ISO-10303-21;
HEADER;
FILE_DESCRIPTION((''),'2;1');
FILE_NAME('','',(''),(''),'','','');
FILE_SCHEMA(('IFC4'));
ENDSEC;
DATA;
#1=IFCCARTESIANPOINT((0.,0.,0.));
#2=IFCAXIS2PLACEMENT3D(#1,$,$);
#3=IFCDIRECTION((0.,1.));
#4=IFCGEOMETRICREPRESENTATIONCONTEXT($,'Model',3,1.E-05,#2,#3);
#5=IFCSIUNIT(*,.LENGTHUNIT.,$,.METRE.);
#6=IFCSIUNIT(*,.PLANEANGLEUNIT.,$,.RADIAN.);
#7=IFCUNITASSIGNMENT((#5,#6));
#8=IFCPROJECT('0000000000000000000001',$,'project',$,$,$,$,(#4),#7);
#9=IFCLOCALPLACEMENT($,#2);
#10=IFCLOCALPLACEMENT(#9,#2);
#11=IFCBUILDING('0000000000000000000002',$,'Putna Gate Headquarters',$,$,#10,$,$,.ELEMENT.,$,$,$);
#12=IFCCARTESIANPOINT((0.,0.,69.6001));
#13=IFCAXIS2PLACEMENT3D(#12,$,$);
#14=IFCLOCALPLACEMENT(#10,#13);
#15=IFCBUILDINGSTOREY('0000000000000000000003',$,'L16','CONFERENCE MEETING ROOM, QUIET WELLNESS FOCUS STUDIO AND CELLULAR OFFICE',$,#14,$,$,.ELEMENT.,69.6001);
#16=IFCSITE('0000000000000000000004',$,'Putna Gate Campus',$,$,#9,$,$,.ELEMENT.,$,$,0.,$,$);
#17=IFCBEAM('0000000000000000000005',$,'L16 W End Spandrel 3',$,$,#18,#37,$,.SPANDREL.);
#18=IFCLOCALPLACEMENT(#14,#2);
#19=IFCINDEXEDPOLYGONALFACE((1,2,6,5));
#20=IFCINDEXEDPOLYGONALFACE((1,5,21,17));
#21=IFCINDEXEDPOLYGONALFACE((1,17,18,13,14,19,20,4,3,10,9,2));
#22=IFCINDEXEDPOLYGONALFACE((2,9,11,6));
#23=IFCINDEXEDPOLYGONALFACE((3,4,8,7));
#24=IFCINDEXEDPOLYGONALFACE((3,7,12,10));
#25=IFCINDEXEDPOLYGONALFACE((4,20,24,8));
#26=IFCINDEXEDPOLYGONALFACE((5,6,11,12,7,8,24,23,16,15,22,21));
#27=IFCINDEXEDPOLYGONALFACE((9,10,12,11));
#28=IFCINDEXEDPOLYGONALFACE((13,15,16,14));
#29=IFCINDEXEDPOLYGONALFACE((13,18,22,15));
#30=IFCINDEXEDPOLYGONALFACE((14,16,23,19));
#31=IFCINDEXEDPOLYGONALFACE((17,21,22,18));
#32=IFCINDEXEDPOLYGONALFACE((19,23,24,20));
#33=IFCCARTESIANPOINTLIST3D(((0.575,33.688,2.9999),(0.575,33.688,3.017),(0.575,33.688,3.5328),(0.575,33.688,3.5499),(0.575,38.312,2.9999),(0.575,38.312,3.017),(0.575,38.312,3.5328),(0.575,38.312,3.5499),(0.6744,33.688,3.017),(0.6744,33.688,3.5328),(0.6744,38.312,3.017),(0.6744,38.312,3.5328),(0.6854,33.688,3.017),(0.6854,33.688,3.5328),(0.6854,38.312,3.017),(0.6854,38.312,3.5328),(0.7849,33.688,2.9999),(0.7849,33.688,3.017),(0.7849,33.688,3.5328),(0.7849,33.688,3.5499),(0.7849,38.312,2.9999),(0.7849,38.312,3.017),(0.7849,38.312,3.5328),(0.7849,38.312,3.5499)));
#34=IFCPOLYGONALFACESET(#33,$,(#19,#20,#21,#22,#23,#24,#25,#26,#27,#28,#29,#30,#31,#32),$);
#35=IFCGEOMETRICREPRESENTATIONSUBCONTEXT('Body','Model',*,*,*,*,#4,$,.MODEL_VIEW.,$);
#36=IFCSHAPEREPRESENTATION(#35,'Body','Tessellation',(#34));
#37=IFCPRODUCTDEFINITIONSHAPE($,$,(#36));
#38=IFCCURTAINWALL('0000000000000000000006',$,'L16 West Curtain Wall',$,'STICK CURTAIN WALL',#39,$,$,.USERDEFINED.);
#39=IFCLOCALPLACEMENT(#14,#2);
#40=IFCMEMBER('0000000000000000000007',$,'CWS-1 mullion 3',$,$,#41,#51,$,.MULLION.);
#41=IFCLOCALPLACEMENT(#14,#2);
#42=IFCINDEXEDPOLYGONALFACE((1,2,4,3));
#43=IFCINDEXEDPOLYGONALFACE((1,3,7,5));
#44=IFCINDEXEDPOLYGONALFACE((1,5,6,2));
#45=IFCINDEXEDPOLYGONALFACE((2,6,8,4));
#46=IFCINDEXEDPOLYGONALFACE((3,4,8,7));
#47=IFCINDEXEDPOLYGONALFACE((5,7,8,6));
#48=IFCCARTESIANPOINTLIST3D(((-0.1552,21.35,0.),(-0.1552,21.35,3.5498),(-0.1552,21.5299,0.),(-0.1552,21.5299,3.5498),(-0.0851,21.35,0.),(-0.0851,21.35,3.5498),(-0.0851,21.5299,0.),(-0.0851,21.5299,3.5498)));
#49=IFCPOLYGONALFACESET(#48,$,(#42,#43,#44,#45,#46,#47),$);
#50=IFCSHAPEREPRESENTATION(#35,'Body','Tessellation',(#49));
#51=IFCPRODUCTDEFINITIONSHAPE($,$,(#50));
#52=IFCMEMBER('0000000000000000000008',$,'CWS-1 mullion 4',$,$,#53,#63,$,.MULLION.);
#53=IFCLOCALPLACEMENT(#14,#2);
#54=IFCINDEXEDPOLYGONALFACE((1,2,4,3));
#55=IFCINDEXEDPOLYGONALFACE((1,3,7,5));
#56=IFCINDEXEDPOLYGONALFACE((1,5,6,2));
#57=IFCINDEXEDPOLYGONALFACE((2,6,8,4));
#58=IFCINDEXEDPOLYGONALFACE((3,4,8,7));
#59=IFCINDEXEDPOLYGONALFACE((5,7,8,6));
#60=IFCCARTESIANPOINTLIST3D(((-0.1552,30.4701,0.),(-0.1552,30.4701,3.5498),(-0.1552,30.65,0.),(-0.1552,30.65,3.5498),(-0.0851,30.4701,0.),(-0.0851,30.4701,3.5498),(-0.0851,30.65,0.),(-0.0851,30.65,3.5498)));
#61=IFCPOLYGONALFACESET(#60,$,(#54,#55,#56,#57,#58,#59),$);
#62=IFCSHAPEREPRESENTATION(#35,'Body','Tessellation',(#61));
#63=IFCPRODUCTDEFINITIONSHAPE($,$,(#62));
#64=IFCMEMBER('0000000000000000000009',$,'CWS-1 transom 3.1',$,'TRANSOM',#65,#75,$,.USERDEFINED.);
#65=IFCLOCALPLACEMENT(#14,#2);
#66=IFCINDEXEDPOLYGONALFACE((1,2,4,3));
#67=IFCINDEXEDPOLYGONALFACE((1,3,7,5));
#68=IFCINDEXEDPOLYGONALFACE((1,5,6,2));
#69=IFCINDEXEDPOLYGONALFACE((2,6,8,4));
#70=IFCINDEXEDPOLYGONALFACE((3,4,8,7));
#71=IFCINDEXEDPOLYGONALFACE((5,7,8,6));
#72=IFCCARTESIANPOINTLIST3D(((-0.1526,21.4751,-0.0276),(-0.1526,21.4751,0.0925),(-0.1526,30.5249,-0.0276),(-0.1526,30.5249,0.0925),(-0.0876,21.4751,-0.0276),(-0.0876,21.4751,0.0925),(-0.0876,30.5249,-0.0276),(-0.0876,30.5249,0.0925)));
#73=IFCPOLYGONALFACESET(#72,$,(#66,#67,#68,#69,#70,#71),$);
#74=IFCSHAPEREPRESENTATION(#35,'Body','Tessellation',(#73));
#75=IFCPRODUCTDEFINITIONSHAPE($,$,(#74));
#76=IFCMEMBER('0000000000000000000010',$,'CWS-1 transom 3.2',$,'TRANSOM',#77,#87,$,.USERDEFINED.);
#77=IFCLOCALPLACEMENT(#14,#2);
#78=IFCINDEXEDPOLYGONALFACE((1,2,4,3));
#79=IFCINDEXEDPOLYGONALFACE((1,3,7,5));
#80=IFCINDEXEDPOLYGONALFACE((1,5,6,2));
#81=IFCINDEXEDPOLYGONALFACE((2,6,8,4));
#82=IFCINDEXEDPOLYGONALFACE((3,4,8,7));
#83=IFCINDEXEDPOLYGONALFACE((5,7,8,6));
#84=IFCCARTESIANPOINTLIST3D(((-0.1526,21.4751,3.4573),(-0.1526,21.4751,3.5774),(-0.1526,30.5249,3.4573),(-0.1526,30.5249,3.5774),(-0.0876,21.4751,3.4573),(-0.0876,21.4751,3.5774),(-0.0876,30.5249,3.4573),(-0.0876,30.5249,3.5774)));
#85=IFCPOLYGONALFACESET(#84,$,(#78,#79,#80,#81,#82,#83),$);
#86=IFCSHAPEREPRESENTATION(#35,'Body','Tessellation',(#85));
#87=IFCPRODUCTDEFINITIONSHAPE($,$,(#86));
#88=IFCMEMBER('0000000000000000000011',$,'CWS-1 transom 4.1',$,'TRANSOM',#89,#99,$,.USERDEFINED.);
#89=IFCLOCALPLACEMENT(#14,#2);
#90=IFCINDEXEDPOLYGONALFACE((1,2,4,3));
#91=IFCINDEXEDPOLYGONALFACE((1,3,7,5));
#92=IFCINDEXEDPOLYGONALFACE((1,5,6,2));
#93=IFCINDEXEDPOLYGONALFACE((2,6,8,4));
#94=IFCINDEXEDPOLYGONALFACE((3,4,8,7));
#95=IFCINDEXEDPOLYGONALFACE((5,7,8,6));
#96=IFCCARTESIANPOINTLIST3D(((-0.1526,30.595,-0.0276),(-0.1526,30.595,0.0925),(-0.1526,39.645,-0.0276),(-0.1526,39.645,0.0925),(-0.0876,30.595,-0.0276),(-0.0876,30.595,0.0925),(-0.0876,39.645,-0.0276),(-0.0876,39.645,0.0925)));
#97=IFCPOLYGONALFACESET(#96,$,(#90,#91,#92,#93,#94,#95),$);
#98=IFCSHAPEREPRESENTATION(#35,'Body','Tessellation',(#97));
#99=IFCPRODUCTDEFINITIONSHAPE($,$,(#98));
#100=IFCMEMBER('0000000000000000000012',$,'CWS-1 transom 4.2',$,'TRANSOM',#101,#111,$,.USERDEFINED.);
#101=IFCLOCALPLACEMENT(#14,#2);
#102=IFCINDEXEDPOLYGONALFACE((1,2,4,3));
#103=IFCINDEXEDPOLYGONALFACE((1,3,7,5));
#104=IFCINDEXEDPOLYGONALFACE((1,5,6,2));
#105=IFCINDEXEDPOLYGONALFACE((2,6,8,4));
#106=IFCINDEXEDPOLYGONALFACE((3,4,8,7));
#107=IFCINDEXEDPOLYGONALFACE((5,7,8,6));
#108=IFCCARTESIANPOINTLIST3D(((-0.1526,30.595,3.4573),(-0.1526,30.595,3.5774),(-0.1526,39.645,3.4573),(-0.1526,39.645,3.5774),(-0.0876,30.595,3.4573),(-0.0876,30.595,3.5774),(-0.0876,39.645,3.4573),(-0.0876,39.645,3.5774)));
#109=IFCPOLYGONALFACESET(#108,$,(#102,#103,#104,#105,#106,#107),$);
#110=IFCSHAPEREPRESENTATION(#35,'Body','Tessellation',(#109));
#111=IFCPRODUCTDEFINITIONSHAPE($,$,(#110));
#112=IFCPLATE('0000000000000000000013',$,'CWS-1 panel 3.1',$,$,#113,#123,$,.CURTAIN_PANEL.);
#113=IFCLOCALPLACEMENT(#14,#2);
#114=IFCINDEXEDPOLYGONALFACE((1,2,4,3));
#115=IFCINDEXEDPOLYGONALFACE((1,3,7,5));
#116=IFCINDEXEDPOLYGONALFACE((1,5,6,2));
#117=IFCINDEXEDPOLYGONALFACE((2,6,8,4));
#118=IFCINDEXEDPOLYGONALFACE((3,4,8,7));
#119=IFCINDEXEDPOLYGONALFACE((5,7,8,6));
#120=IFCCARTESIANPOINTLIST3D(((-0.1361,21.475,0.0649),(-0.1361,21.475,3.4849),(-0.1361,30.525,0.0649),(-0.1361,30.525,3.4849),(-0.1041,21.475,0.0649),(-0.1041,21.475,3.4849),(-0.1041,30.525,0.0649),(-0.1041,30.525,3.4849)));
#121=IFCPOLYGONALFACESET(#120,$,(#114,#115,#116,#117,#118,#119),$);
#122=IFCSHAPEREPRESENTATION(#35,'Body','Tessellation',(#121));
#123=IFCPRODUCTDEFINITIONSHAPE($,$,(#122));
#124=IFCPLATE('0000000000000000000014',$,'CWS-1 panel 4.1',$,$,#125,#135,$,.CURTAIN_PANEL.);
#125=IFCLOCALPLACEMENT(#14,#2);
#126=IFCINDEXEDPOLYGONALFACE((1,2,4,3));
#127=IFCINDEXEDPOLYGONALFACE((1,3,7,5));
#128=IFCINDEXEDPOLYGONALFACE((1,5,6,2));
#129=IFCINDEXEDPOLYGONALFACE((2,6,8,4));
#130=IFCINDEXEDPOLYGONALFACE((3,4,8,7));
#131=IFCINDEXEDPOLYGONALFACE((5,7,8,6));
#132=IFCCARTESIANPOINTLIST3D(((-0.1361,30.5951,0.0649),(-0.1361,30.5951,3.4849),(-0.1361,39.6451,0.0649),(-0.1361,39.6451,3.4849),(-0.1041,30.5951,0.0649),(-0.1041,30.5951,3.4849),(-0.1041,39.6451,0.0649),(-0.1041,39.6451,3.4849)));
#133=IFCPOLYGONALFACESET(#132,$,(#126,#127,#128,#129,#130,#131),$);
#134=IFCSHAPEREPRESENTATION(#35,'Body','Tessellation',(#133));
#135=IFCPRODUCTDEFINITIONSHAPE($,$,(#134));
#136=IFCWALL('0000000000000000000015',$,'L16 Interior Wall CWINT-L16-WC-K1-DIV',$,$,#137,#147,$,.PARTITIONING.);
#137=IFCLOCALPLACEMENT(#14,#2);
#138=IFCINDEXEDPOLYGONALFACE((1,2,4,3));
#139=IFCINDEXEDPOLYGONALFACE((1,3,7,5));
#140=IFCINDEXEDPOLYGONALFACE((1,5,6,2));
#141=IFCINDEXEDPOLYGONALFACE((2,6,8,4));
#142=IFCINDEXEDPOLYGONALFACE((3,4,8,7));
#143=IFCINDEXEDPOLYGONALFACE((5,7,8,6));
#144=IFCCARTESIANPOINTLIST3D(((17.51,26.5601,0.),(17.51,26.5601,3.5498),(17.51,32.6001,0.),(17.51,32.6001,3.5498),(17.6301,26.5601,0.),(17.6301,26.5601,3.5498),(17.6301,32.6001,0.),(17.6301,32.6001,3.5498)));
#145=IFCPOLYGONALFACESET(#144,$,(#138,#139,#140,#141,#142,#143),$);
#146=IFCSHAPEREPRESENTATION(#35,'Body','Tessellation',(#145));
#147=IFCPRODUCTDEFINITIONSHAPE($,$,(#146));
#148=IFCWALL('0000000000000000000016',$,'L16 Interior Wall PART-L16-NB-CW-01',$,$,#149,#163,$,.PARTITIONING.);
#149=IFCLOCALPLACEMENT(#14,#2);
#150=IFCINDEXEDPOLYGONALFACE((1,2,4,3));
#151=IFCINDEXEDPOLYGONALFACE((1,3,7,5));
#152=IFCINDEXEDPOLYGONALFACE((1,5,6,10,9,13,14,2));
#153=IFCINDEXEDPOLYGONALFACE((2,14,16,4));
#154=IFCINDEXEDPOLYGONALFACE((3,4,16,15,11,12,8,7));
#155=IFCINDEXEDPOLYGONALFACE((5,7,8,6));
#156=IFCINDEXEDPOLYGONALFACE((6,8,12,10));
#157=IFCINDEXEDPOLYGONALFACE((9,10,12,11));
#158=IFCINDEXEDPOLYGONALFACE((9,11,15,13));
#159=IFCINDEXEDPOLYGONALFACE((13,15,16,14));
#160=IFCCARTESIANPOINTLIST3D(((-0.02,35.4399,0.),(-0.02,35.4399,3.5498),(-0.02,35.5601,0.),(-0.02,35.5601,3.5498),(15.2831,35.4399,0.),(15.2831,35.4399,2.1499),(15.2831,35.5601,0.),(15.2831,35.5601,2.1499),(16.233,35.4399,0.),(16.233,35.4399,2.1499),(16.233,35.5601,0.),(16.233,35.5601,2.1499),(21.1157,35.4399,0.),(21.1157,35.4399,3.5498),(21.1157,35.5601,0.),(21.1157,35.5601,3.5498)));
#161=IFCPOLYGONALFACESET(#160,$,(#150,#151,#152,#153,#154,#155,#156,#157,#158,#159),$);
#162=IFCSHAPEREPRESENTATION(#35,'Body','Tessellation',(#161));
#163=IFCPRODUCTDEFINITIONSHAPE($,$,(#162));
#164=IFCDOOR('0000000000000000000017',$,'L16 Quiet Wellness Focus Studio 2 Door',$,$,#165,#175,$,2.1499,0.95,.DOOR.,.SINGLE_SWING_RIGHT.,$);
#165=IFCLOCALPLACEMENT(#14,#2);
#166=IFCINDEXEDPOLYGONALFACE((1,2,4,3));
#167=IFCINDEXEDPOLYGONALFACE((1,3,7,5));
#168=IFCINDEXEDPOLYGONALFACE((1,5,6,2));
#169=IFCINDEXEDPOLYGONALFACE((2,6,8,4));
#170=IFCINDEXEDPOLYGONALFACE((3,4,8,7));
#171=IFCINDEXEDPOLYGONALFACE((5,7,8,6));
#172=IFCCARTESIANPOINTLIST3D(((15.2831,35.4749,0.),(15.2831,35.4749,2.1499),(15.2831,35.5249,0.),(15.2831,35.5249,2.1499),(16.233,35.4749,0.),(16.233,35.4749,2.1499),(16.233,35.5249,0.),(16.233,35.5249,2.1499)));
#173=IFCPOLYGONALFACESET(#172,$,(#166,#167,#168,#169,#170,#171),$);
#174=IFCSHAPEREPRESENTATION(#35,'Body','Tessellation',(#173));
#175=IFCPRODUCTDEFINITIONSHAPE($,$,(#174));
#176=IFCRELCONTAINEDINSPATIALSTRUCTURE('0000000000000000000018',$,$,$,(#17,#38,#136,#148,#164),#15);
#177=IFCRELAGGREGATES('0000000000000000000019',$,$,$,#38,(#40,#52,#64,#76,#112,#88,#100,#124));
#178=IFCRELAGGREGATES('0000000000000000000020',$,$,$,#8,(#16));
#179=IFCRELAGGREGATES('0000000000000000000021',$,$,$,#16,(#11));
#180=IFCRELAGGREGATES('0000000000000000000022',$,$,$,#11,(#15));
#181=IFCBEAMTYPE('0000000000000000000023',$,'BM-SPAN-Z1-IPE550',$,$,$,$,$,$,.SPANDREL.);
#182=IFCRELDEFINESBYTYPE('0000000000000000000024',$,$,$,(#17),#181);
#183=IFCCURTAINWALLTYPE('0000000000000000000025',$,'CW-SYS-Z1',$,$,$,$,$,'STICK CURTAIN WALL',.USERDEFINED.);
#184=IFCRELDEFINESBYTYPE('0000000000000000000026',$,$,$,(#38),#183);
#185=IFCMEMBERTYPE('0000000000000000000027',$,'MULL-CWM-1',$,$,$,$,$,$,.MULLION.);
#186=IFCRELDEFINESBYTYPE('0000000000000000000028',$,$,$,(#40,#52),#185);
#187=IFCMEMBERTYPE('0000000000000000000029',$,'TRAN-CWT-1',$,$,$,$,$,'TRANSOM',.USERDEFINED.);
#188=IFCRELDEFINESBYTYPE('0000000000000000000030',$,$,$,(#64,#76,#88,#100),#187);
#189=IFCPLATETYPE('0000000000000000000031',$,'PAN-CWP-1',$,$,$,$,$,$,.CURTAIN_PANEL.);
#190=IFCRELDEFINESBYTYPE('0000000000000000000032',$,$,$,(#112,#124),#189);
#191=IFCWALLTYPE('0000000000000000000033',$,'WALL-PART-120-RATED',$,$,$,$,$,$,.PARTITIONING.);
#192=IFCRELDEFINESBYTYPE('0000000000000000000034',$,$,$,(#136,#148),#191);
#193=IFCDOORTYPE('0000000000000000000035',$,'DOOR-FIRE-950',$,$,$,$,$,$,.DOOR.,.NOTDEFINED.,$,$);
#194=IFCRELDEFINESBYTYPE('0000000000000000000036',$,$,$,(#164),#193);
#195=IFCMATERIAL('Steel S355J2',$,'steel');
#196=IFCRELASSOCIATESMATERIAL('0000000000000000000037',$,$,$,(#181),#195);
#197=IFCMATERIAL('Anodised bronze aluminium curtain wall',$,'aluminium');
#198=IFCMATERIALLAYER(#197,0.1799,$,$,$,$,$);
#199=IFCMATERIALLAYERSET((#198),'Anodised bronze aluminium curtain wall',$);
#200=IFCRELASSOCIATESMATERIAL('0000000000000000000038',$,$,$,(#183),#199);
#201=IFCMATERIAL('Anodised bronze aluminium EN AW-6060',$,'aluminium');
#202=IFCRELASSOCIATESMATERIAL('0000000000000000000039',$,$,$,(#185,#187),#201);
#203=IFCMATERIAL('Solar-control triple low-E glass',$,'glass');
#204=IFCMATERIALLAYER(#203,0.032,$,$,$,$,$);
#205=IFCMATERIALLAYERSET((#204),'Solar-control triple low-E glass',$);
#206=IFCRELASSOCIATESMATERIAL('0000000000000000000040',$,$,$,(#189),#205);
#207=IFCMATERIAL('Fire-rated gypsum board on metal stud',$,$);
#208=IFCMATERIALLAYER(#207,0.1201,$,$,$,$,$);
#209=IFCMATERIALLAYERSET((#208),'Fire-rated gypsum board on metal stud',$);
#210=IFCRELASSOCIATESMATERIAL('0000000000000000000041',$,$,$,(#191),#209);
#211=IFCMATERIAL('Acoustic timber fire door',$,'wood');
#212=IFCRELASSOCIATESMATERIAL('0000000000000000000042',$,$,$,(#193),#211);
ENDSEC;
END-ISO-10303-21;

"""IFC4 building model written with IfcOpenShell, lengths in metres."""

from ifc_helpers import new_model, si_unit, direction, frame, frame_2d, origin, origin_2d, place, context, subcontext, project, spatial, rectangle, i_section, extrude, material, layer, layer_set, material_profile, profile_set, type_object, element, fill, aggregate, save


model = new_model("IFC4")

# Units and contexts
model_context = context("Model", 3, precision=1e-05, world=origin(), true_north=direction((0.0, 1.0)))
body_context = subcontext(model_context, "Body", "Model", "MODEL_VIEW")
ifc_project = project(units=[si_unit("LENGTHUNIT", "METRE"), si_unit("PLANEANGLEUNIT", "RADIAN")], contexts=[model_context])

# Site, building, storey
site_placement = place(None, origin())
site = spatial("IfcSite", under=ifc_project, at=site_placement, Name="Putna Gate Campus", CompositionType="ELEMENT", RefElevation=0.0)
building_placement = place(site_placement, origin())
building = spatial("IfcBuilding", under=site, at=building_placement, Name="Putna Gate Headquarters", CompositionType="ELEMENT")
storey_placement = place(building_placement, frame((0.0, 0.0, 69.6001)))
storey = spatial("IfcBuildingStorey", under=building, at=storey_placement, Name="L16", Description="CONFERENCE MEETING ROOM, QUIET WELLNESS FOCUS STUDIO AND CELLULAR OFFICE", CompositionType="ELEMENT", Elevation=69.6001)

# Beam
ifc_material_1 = material(Name="Steel S355J2", Category="steel")
ifc_material_profile_1 = material_profile(ifc_material_1, i_section(OverallWidth=0.21, OverallDepth=0.55, WebThickness=0.011, FlangeThickness=0.0171, at=origin_2d()), Name="Steel S355J2")
ifc_profile_set_1 = profile_set([ifc_material_profile_1], Name="Steel S355J2")
beam_type_1 = type_object("IfcBeamType", Name="BM-SPAN-Z1-IPE550", PredefinedType="SPANDREL", material=ifc_profile_set_1)
beam_1_placement = place(storey_placement, frame((0.6799, 33.688, 3.2749), z_axis=(0.0, 1.0, 0.0), x_axis=(-1.0, 0.0, 0.0)))
element("IfcBeam", 1, at=beam_1_placement, inside=storey, type_object=beam_type_1, Name="L16 W End Spandrel 3", PredefinedType="SPANDREL", context=body_context, shape_type="SweptSolid", body=[
    extrude(i_section(OverallWidth=0.21, OverallDepth=0.55, WebThickness=0.011, FlangeThickness=0.0171, at=origin_2d()), origin(), (0.0, 0.0, 1.0), 4.624),
])

# Curtain wall, members, plates
ifc_material_2 = material(Name="Anodised bronze aluminium curtain wall", Category="aluminium")
ifc_layer_1 = layer(ifc_material_2, 0.1799)
ifc_layer_set_1 = layer_set([ifc_layer_1], Name="Anodised bronze aluminium curtain wall")
curtain_wall_type = type_object("IfcCurtainWallType", Name="CW-SYS-Z1", ElementType="STICK CURTAIN WALL", PredefinedType="USERDEFINED", material=ifc_layer_set_1)
curtain_wall_placement = place(storey_placement, origin())
curtain_wall = element("IfcCurtainWall", 2, at=curtain_wall_placement, inside=storey, type_object=curtain_wall_type, Name="L16 West Curtain Wall", ObjectType="STICK CURTAIN WALL", PredefinedType="USERDEFINED")
ifc_material_3 = material(Name="Anodised bronze aluminium EN AW-6060", Category="aluminium")
ifc_material_profile_2 = material_profile(ifc_material_3, rectangle(XDim=0.0701, YDim=0.1799, at=origin_2d()), Name="Anodised bronze aluminium EN AW-6060")
ifc_profile_set_2 = profile_set([ifc_material_profile_2], Name="Anodised bronze aluminium EN AW-6060")
member_type_1 = type_object("IfcMemberType", Name="MULL-CWM-1", PredefinedType="MULLION", material=ifc_profile_set_2)
member_1_placement = place(storey_placement, frame((-0.1201, 21.4399, 0.0), z_axis=(0.0, 0.0, 1.0), x_axis=(-1.0, 0.0, 0.0)))
member_1 = element("IfcMember", 3, at=member_1_placement, type_object=member_type_1, Name="CWS-1 mullion 3", PredefinedType="MULLION", context=body_context, shape_type="SweptSolid", body=[
    extrude(rectangle(XDim=0.0701, YDim=0.1799, at=origin_2d()), origin(), (0.0, 0.0, 1.0), 3.5498),
])
member_2_placement = place(storey_placement, frame((-0.1201, 30.5601, 0.0), z_axis=(0.0, 0.0, 1.0), x_axis=(-1.0, 0.0, 0.0)))
member_2 = element("IfcMember", 4, at=member_2_placement, type_object=member_type_1, Name="CWS-1 mullion 4", PredefinedType="MULLION", context=body_context, shape_type="SweptSolid", body=[
    extrude(rectangle(XDim=0.0701, YDim=0.1799, at=origin_2d()), origin(), (0.0, 0.0, 1.0), 3.5498),
])
ifc_material_profile_3 = material_profile(ifc_material_3, rectangle(XDim=0.0649, YDim=0.1201, at=origin_2d()), Name="Anodised bronze aluminium EN AW-6060")
ifc_profile_set_3 = profile_set([ifc_material_profile_3], Name="Anodised bronze aluminium EN AW-6060")
member_type_2 = type_object("IfcMemberType", Name="TRAN-CWT-1", ElementType="TRANSOM", PredefinedType="USERDEFINED", material=ifc_profile_set_3)
member_3_placement = place(storey_placement, frame((-0.1201, 21.4751, 0.0325), z_axis=(0.0, 1.0, 0.0), x_axis=(-1.0, 0.0, 0.0)))
member_3 = element("IfcMember", 5, at=member_3_placement, type_object=member_type_2, Name="CWS-1 transom 3.1", ObjectType="TRANSOM", PredefinedType="USERDEFINED", context=body_context, shape_type="SweptSolid", body=[
    extrude(rectangle(XDim=0.0649, YDim=0.1201, at=origin_2d()), origin(), (0.0, 0.0, 1.0), 9.0498),
])
member_4_placement = place(storey_placement, frame((-0.1201, 21.4751, 3.5173), z_axis=(0.0, 1.0, 0.0), x_axis=(-1.0, 0.0, 0.0)))
member_4 = element("IfcMember", 6, at=member_4_placement, type_object=member_type_2, Name="CWS-1 transom 3.2", ObjectType="TRANSOM", PredefinedType="USERDEFINED", context=body_context, shape_type="SweptSolid", body=[
    extrude(rectangle(XDim=0.0649, YDim=0.1201, at=origin_2d()), origin(), (0.0, 0.0, 1.0), 9.0498),
])
member_5_placement = place(storey_placement, frame((-0.1201, 30.595, 0.0325), z_axis=(0.0, 1.0, 0.0), x_axis=(-1.0, 0.0, 0.0)))
member_5 = element("IfcMember", 7, at=member_5_placement, type_object=member_type_2, Name="CWS-1 transom 4.1", ObjectType="TRANSOM", PredefinedType="USERDEFINED", context=body_context, shape_type="SweptSolid", body=[
    extrude(rectangle(XDim=0.0649, YDim=0.1201, at=origin_2d()), origin(), (0.0, 0.0, 1.0), 9.05),
])
member_6_placement = place(storey_placement, frame((-0.1201, 30.595, 3.5173), z_axis=(0.0, 1.0, 0.0), x_axis=(-1.0, 0.0, 0.0)))
member_6 = element("IfcMember", 8, at=member_6_placement, type_object=member_type_2, Name="CWS-1 transom 4.2", ObjectType="TRANSOM", PredefinedType="USERDEFINED", context=body_context, shape_type="SweptSolid", body=[
    extrude(rectangle(XDim=0.0649, YDim=0.1201, at=origin_2d()), origin(), (0.0, 0.0, 1.0), 9.05),
])
ifc_material_4 = material(Name="Solar-control triple low-E glass", Category="glass")
ifc_layer_2 = layer(ifc_material_4, 0.032)
ifc_layer_set_2 = layer_set([ifc_layer_2], Name="Solar-control triple low-E glass")
plate_type = type_object("IfcPlateType", Name="PAN-CWP-1", PredefinedType="CURTAIN_PANEL", material=ifc_layer_set_2)
plate_1_placement = place(storey_placement, frame((-0.1201, 26.0, 0.0649), z_axis=(0.0, 0.0, 1.0), x_axis=(0.0, 1.0, 0.0)))
plate_1 = element("IfcPlate", 9, at=plate_1_placement, type_object=plate_type, Name="CWS-1 panel 3.1", PredefinedType="CURTAIN_PANEL", context=body_context, shape_type="SweptSolid", body=[
    extrude(rectangle(XDim=9.05, YDim=0.032, at=origin_2d()), origin(), (0.0, 0.0, 1.0), 3.4199),
])
plate_2_placement = place(storey_placement, frame((-0.1201, 35.1201, 0.0649), z_axis=(0.0, 0.0, 1.0), x_axis=(0.0, 1.0, 0.0)))
plate_2 = element("IfcPlate", 10, at=plate_2_placement, type_object=plate_type, Name="CWS-1 panel 4.1", PredefinedType="CURTAIN_PANEL", context=body_context, shape_type="SweptSolid", body=[
    extrude(rectangle(XDim=9.05, YDim=0.032, at=origin_2d()), origin(), (0.0, 0.0, 1.0), 3.4199),
])
aggregate(curtain_wall, [member_1, member_2, member_3, member_4, plate_1, member_5, member_6, plate_2])

# Wall
ifc_material_5 = material(Name="Fire-rated gypsum board on metal stud")
ifc_layer_3 = layer(ifc_material_5, 0.1201)
ifc_layer_set_3 = layer_set([ifc_layer_3], Name="Fire-rated gypsum board on metal stud")
wall_type_1 = type_object("IfcWallType", Name="WALL-PART-120-RATED", PredefinedType="PARTITIONING", material=ifc_layer_set_3)
wall_1_placement = place(storey_placement, frame((17.5701, 26.5601, 0.0), z_axis=(0.0, 0.0, 1.0), x_axis=(0.0, 1.0, 0.0)))
element("IfcWall", 11, at=wall_1_placement, inside=storey, type_object=wall_type_1, Name="L16 Interior Wall CWINT-L16-WC-K1-DIV", PredefinedType="PARTITIONING", context=body_context, shape_type="SweptSolid", body=[
    extrude(rectangle(XDim=6.04, YDim=0.1201, at=frame_2d((3.02, 0.0))), origin(), (0.0, 0.0, 1.0), 3.5498),
])

# Wall, opening, door
wall_2_placement = place(storey_placement, frame((-0.02, 35.5, 0.0), z_axis=(0.0, 0.0, 1.0), x_axis=(1.0, 0.0, 0.0)))
wall_2 = element("IfcWall", 12, at=wall_2_placement, inside=storey, type_object=wall_type_1, Name="L16 Interior Wall PART-L16-NB-CW-01", PredefinedType="PARTITIONING", context=body_context, shape_type="SweptSolid", body=[
    extrude(rectangle(XDim=21.1357, YDim=0.1201, at=frame_2d((10.5679, 0.0))), origin(), (0.0, 0.0, 1.0), 3.5498),
])
opening_1_placement = place(wall_2_placement, frame((15.303, 0.0, 0.0)))
opening_1 = element("IfcOpeningElement", 13, at=opening_1_placement, cuts=wall_2, PredefinedType="OPENING", context=body_context, shape_type="SweptSolid", body=[
    extrude(rectangle(XDim=0.95, YDim=2.1499, at=frame_2d((0.4751, 1.075))), frame((0.0, 0.0701, 0.0), z_axis=(0.0, -1.0, 0.0), x_axis=(1.0, 0.0, 0.0)), (0.0, 0.0, 1.0), 0.1401),
])
ifc_material_6 = material(Name="Acoustic timber fire door", Category="wood")
door_type_1 = type_object("IfcDoorType", Name="DOOR-FIRE-950", OperationType="NOTDEFINED", PredefinedType="DOOR", material=ifc_material_6)
door_1_placement = place(opening_1_placement, origin())
door_1 = element("IfcDoor", 14, at=door_1_placement, inside=storey, type_object=door_type_1, Name="L16 Quiet Wellness Focus Studio 2 Door", OperationType="SINGLE_SWING_RIGHT", OverallHeight=2.1499, OverallWidth=0.95, PredefinedType="DOOR", context=body_context, shape_type="SweptSolid", body=[
    extrude(rectangle(XDim=0.95, YDim=2.1499, at=frame_2d((0.4751, 1.075))), frame((0.0, 0.0249, 0.0), z_axis=(0.0, -1.0, 0.0), x_axis=(1.0, 0.0, 0.0)), (0.0, 0.0, 1.0), 0.05),
])
fill(opening_1, door_1)

save(model, "model.ifc")
